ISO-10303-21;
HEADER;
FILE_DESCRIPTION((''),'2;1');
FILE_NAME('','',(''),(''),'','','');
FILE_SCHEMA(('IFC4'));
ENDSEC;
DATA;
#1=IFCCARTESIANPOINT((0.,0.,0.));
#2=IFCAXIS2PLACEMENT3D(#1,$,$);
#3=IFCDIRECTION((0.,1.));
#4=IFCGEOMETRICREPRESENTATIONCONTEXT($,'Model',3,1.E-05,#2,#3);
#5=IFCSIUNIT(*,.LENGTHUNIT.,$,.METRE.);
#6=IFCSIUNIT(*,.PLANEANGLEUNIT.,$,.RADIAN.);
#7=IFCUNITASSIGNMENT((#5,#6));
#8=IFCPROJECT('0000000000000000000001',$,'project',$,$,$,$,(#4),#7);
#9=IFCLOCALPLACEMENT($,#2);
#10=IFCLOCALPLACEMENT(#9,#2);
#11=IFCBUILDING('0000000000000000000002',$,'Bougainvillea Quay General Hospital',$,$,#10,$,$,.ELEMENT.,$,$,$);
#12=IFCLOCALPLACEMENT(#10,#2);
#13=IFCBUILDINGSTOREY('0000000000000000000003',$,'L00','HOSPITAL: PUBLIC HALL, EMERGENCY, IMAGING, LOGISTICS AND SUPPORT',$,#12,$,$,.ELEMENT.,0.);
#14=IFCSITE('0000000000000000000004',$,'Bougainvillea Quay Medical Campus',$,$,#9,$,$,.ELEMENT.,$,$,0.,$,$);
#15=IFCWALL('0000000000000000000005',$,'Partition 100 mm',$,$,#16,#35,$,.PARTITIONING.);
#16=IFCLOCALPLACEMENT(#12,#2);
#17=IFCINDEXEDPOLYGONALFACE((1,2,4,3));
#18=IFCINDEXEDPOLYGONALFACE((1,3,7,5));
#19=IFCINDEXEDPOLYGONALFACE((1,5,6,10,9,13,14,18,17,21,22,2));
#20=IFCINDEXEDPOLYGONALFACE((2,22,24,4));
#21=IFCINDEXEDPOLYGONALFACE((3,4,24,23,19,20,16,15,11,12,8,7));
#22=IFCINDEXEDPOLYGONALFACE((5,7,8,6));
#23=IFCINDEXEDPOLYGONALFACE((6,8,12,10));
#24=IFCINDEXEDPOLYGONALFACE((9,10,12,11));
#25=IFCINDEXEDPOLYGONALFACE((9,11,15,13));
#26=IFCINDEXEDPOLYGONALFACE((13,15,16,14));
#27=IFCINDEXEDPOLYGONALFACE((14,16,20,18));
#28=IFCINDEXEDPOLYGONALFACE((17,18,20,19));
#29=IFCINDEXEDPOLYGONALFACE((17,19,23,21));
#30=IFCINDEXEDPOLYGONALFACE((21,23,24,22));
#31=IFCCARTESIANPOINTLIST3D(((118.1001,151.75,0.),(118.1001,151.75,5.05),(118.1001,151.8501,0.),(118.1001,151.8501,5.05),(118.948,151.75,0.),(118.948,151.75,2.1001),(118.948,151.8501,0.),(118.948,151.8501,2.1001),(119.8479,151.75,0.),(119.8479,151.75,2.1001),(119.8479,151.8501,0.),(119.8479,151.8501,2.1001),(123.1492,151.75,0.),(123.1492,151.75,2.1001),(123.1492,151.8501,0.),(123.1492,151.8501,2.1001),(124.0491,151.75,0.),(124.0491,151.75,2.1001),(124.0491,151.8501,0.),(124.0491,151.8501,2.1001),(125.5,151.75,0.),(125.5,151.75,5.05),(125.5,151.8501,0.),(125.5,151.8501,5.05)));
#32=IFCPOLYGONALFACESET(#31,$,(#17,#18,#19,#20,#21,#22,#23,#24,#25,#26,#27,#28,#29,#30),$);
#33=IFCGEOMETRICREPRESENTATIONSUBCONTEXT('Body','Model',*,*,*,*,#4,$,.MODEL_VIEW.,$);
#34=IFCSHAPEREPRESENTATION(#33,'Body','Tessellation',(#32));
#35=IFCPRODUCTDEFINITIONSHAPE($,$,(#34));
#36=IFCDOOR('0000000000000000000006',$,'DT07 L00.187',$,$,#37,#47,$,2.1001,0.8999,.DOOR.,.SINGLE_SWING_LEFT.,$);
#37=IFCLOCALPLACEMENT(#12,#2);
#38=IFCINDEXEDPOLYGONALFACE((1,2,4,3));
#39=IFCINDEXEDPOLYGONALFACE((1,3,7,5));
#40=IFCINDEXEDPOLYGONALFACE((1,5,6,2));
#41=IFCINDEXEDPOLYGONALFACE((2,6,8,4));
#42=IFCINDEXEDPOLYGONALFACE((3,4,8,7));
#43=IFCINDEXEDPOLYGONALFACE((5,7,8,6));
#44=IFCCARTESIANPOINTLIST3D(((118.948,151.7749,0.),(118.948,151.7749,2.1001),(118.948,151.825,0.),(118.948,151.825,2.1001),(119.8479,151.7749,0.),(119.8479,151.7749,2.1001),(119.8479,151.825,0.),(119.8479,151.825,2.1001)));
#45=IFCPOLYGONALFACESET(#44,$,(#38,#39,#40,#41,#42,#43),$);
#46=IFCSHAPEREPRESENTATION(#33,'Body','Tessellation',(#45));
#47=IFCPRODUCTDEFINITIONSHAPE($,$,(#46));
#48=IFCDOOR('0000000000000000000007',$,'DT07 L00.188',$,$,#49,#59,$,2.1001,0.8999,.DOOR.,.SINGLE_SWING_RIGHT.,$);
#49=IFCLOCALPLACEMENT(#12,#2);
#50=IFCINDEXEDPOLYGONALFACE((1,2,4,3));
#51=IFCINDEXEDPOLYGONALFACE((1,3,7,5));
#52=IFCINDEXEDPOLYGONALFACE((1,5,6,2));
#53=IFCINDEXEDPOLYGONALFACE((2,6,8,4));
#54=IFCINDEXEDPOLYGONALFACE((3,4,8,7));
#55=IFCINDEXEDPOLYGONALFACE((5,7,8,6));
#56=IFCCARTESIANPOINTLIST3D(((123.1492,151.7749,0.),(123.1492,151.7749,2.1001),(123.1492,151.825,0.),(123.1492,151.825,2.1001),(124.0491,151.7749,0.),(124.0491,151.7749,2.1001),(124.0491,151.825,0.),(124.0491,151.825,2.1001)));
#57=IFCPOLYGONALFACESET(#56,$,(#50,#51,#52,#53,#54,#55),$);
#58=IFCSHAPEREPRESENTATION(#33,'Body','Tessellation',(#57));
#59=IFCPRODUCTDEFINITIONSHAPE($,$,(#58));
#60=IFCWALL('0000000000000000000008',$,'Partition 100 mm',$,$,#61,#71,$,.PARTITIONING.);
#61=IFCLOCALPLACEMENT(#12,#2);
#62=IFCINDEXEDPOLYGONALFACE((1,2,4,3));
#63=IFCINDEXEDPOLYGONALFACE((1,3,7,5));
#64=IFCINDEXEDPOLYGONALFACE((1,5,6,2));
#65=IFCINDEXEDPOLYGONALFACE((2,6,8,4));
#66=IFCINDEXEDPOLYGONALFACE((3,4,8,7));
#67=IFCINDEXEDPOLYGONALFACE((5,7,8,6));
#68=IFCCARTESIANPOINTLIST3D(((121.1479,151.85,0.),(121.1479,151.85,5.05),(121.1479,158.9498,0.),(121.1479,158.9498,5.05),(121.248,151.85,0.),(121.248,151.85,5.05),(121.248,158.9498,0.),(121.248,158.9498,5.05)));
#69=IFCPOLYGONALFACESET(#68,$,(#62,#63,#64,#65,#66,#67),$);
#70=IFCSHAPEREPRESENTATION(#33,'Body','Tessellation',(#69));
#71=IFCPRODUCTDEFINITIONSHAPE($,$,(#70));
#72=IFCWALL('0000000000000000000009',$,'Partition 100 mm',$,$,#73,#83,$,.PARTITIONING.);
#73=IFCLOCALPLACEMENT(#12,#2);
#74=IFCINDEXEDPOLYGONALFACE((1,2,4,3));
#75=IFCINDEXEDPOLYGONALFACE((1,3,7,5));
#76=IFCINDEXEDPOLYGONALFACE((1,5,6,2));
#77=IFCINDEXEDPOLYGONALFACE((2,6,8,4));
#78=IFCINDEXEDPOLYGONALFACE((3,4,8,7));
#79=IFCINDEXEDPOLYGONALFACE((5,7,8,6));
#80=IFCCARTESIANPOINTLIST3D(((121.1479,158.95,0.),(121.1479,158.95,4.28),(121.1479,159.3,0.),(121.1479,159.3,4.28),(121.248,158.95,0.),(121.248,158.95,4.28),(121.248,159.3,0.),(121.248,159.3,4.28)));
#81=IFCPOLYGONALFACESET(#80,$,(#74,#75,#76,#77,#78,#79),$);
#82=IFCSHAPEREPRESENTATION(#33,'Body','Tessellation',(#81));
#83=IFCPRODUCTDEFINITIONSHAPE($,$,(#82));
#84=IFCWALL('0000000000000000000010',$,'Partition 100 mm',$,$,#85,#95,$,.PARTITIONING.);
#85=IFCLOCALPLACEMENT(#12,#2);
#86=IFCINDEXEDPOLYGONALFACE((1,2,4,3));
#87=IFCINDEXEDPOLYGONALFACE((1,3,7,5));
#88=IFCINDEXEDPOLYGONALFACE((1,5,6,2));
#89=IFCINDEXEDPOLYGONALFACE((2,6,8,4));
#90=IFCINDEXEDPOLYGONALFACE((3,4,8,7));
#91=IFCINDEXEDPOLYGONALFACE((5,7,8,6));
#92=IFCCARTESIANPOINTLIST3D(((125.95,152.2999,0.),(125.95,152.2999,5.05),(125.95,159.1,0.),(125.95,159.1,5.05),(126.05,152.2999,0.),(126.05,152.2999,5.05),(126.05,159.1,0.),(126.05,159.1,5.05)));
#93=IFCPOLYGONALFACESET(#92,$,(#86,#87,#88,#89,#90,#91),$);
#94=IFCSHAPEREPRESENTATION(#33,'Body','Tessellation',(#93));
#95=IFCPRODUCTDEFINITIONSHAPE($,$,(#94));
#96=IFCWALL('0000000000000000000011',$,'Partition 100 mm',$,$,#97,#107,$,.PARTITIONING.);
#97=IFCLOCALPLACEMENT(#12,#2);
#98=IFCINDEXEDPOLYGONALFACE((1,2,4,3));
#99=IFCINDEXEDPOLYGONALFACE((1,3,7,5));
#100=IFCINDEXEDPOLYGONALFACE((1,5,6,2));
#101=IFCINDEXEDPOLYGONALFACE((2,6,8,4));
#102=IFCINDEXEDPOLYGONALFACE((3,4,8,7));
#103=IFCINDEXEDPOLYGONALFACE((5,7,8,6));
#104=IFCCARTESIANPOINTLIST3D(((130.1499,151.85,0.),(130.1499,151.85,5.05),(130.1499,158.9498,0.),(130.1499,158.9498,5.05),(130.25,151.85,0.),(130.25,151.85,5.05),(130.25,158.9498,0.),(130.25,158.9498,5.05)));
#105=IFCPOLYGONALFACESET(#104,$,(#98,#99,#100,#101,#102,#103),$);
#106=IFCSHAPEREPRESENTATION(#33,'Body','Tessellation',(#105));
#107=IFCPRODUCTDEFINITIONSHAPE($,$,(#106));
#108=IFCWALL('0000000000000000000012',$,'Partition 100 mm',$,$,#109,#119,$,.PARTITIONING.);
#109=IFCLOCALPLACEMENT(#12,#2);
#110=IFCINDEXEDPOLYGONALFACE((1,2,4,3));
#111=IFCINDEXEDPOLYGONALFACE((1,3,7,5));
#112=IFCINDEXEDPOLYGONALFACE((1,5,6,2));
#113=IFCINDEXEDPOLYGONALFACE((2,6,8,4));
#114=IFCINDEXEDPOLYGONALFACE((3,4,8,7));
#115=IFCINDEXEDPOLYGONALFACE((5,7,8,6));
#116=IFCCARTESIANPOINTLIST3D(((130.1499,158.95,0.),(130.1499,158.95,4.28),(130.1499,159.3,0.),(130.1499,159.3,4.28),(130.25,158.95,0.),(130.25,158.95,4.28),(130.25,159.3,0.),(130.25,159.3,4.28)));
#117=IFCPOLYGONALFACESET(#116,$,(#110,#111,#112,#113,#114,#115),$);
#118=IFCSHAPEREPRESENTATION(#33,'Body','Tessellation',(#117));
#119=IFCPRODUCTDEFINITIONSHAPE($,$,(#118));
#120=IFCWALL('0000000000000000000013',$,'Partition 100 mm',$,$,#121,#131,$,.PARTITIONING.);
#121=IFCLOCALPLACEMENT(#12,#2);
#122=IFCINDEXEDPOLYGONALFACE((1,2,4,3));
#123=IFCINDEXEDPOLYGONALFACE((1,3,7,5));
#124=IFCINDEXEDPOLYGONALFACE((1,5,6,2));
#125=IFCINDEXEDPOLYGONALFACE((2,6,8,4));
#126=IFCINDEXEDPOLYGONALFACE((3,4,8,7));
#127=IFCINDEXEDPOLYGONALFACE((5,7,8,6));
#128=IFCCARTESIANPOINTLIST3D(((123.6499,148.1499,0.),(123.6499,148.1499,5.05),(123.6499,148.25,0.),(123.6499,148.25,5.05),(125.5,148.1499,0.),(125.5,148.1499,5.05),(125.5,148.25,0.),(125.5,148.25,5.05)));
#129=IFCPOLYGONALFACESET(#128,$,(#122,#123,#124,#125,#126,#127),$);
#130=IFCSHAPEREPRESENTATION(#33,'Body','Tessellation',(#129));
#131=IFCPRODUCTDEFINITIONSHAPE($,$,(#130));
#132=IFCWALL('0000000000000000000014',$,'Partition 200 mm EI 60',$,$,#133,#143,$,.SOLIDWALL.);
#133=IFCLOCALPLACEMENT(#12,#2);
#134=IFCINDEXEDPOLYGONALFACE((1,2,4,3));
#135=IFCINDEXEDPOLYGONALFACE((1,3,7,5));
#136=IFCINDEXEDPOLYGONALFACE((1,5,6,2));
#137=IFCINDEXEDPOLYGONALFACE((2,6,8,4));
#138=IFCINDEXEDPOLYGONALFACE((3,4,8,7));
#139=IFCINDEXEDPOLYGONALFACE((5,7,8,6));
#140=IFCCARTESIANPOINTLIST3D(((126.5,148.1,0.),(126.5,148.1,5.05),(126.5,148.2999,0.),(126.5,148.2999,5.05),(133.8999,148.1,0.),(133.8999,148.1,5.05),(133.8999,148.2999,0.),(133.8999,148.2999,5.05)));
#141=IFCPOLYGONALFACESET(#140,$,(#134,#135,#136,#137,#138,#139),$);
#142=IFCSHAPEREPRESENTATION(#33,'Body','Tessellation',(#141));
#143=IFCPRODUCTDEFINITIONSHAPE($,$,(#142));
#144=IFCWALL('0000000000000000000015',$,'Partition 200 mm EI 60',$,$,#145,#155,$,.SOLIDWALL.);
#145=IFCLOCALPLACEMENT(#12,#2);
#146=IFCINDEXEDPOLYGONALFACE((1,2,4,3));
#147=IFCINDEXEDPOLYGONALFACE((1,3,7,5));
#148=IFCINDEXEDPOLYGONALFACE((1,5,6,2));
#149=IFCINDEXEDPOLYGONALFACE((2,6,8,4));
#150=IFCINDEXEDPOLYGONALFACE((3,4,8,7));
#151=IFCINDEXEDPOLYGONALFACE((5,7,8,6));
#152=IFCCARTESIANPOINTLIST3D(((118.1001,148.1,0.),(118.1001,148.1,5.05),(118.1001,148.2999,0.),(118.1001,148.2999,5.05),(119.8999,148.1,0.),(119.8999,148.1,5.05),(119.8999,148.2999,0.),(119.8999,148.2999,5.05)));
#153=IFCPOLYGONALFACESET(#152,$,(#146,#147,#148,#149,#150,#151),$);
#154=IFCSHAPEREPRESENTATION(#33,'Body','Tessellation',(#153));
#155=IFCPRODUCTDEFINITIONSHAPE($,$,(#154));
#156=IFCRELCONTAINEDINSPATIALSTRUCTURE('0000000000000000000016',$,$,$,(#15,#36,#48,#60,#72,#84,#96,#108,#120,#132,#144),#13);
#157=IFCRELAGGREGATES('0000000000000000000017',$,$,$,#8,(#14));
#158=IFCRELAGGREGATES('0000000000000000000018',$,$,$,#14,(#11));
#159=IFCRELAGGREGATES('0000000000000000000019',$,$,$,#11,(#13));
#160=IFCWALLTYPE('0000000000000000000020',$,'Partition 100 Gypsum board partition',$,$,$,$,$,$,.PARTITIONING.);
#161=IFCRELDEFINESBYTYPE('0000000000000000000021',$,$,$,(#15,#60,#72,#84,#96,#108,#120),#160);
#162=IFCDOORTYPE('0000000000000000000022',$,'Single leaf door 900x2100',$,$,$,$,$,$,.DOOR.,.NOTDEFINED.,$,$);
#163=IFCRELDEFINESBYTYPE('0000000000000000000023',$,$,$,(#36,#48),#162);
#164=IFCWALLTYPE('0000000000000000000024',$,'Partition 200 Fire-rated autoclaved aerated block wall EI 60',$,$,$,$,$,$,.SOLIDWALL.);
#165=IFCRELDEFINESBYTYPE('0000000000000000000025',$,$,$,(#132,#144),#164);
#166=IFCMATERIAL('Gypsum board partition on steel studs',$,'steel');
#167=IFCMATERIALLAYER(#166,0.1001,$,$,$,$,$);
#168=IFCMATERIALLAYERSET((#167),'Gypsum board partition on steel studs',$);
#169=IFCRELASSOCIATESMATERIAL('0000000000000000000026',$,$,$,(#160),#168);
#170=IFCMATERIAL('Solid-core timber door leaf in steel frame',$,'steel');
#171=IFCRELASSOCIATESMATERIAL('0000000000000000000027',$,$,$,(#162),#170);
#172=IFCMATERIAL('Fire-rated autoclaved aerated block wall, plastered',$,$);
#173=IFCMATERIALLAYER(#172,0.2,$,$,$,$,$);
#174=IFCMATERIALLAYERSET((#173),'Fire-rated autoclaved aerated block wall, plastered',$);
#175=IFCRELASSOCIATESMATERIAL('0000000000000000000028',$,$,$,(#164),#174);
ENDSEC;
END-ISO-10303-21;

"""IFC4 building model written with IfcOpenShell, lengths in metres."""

from ifc_helpers import new_model, si_unit, direction, frame, frame_2d, origin, place, context, subcontext, project, spatial, rectangle, extrude, material, layer, layer_set, type_object, element, fill, save


model = new_model("IFC4")

# Units and contexts
model_context = context("Model", 3, precision=1e-05, world=origin(), true_north=direction((0.0, 1.0)))
body_context = subcontext(model_context, "Body", "Model", "MODEL_VIEW")
ifc_project = project(units=[si_unit("LENGTHUNIT", "METRE"), si_unit("PLANEANGLEUNIT", "RADIAN")], contexts=[model_context])

# Site, building, storey
site_placement = place(None, origin())
site = spatial("IfcSite", under=ifc_project, at=site_placement, Name="Bougainvillea Quay Medical Campus", CompositionType="ELEMENT", RefElevation=0.0)
building_placement = place(site_placement, origin())
building = spatial("IfcBuilding", under=site, at=building_placement, Name="Bougainvillea Quay General Hospital", CompositionType="ELEMENT")
storey_placement = place(building_placement, origin())
storey = spatial("IfcBuildingStorey", under=building, at=storey_placement, Name="L00", Description="HOSPITAL: PUBLIC HALL, EMERGENCY, IMAGING, LOGISTICS AND SUPPORT", CompositionType="ELEMENT", Elevation=0.0)

# Wall, openings, doors
ifc_material_1 = material(Name="Gypsum board partition on steel studs", Category="steel")
ifc_layer_1 = layer(ifc_material_1, 0.1001)
ifc_layer_set_1 = layer_set([ifc_layer_1], Name="Gypsum board partition on steel studs")
wall_type_1 = type_object("IfcWallType", Name="Partition 100 Gypsum board partition", PredefinedType="PARTITIONING", material=ifc_layer_set_1)
ifc_material_2 = material(Name="Solid-core timber door leaf in steel frame", Category="steel")
door_type_1 = type_object("IfcDoorType", Name="Single leaf door 900x2100", OperationType="NOTDEFINED", PredefinedType="DOOR", material=ifc_material_2)
wall_1_placement = place(storey_placement, frame((125.5, 151.8, 0.0), z_axis=(0.0, 0.0, 1.0), x_axis=(-1.0, 0.0, 0.0)))
wall_1 = element("IfcWall", 1, at=wall_1_placement, inside=storey, type_object=wall_type_1, Name="Partition 100 mm", PredefinedType="PARTITIONING", context=body_context, shape_type="SweptSolid", body=[
    extrude(rectangle(XDim=7.3999, YDim=0.1001, at=frame_2d((3.7, 0.0))), origin(), (0.0, 0.0, 1.0), 5.05),
])
opening_1_placement = place(wall_1_placement, frame((5.6521, 0.0, 0.0)))
opening_1 = element("IfcOpeningElement", 2, at=opening_1_placement, cuts=wall_1, PredefinedType="OPENING", context=body_context, shape_type="SweptSolid", body=[
    extrude(rectangle(XDim=0.8999, YDim=2.1001, at=frame_2d((0.45, 1.05))), frame((0.0, 0.0601, 0.0), z_axis=(0.0, -1.0, 0.0), x_axis=(1.0, 0.0, 0.0)), (0.0, 0.0, 1.0), 0.1201),
])
opening_2_placement = place(wall_1_placement, frame((1.4509, 0.0, 0.0)))
opening_2 = element("IfcOpeningElement", 3, at=opening_2_placement, cuts=wall_1, PredefinedType="OPENING", context=body_context, shape_type="SweptSolid", body=[
    extrude(rectangle(XDim=0.8999, YDim=2.1001, at=frame_2d((0.45, 1.05))), frame((0.0, 0.0601, 0.0), z_axis=(0.0, -1.0, 0.0), x_axis=(1.0, 0.0, 0.0)), (0.0, 0.0, 1.0), 0.1201),
])
door_1_placement = place(opening_1_placement, frame((0.8999, 0.0, 0.0), z_axis=(0.0, 0.0, 1.0), x_axis=(-1.0, 0.0, 0.0)))
door_1 = element("IfcDoor", 4, at=door_1_placement, inside=storey, type_object=door_type_1, Name="DT07 L00.187", OperationType="SINGLE_SWING_LEFT", OverallHeight=2.1001, OverallWidth=0.8999, PredefinedType="DOOR", context=body_context, shape_type="SweptSolid", body=[
    extrude(rectangle(XDim=0.8999, YDim=2.1001, at=frame_2d((0.45, 1.05))), frame((0.0, 0.0249, 0.0), z_axis=(0.0, -1.0, 0.0), x_axis=(1.0, 0.0, 0.0)), (0.0, 0.0, 1.0), 0.05),
])
fill(opening_1, door_1)
door_2_placement = place(opening_2_placement, frame((0.8999, 0.0, 0.0), z_axis=(0.0, 0.0, 1.0), x_axis=(-1.0, 0.0, 0.0)))
door_2 = element("IfcDoor", 5, at=door_2_placement, inside=storey, type_object=door_type_1, Name="DT07 L00.188", OperationType="SINGLE_SWING_RIGHT", OverallHeight=2.1001, OverallWidth=0.8999, PredefinedType="DOOR", context=body_context, shape_type="SweptSolid", body=[
    extrude(rectangle(XDim=0.8999, YDim=2.1001, at=frame_2d((0.45, 1.05))), frame((0.0, 0.0249, 0.0), z_axis=(0.0, -1.0, 0.0), x_axis=(1.0, 0.0, 0.0)), (0.0, 0.0, 1.0), 0.05),
])
fill(opening_2, door_2)

# Walls
wall_2_placement = place(storey_placement, frame((121.198, 151.8501, 0.0), z_axis=(0.0, 0.0, 1.0), x_axis=(0.0, 1.0, 0.0)))
element("IfcWall", 6, at=wall_2_placement, inside=storey, type_object=wall_type_1, Name="Partition 100 mm", PredefinedType="PARTITIONING", context=body_context, shape_type="SweptSolid", body=[
    extrude(rectangle(XDim=7.0999, YDim=0.1001, at=frame_2d((3.5498, 0.0))), origin(), (0.0, 0.0, 1.0), 5.05),
])
wall_3_placement = place(storey_placement, frame((121.198, 158.95, 0.0), z_axis=(0.0, 0.0, 1.0), x_axis=(0.0, 1.0, 0.0)))
element("IfcWall", 7, at=wall_3_placement, inside=storey, type_object=wall_type_1, Name="Partition 100 mm", PredefinedType="PARTITIONING", context=body_context, shape_type="SweptSolid", body=[
    extrude(rectangle(XDim=0.3501, YDim=0.1001, at=frame_2d((0.175, 0.0))), origin(), (0.0, 0.0, 1.0), 4.28),
])
wall_4_placement = place(storey_placement, frame((126.0, 152.3, 0.0), z_axis=(0.0, 0.0, 1.0), x_axis=(0.0, 1.0, 0.0)))
element("IfcWall", 8, at=wall_4_placement, inside=storey, type_object=wall_type_1, Name="Partition 100 mm", PredefinedType="PARTITIONING", context=body_context, shape_type="SweptSolid", body=[
    extrude(rectangle(XDim=6.8, YDim=0.1001, at=frame_2d((3.3999, 0.0))), origin(), (0.0, 0.0, 1.0), 5.05),
])
wall_5_placement = place(storey_placement, frame((130.2, 151.8501, 0.0), z_axis=(0.0, 0.0, 1.0), x_axis=(0.0, 1.0, 0.0)))
element("IfcWall", 9, at=wall_5_placement, inside=storey, type_object=wall_type_1, Name="Partition 100 mm", PredefinedType="PARTITIONING", context=body_context, shape_type="SweptSolid", body=[
    extrude(rectangle(XDim=7.0999, YDim=0.1001, at=frame_2d((3.5498, 0.0))), origin(), (0.0, 0.0, 1.0), 5.05),
])
wall_6_placement = place(storey_placement, frame((130.2, 158.95, 0.0), z_axis=(0.0, 0.0, 1.0), x_axis=(0.0, 1.0, 0.0)))
element("IfcWall", 10, at=wall_6_placement, inside=storey, type_object=wall_type_1, Name="Partition 100 mm", PredefinedType="PARTITIONING", context=body_context, shape_type="SweptSolid", body=[
    extrude(rectangle(XDim=0.3501, YDim=0.1001, at=frame_2d((0.175, 0.0))), origin(), (0.0, 0.0, 1.0), 4.28),
])
wall_7_placement = place(storey_placement, frame((123.6499, 148.2, 0.0), z_axis=(0.0, 0.0, 1.0), x_axis=(1.0, 0.0, 0.0)))
element("IfcWall", 11, at=wall_7_placement, inside=storey, type_object=wall_type_1, Name="Partition 100 mm", PredefinedType="PARTITIONING", context=body_context, shape_type="SweptSolid", body=[
    extrude(rectangle(XDim=1.8501, YDim=0.1001, at=frame_2d((0.925, 0.0))), origin(), (0.0, 0.0, 1.0), 5.05),
])
ifc_material_3 = material(Name="Fire-rated autoclaved aerated block wall, plastered")
ifc_layer_2 = layer(ifc_material_3, 0.2)
ifc_layer_set_2 = layer_set([ifc_layer_2], Name="Fire-rated autoclaved aerated block wall, plastered")
wall_type_2 = type_object("IfcWallType", Name="Partition 200 Fire-rated autoclaved aerated block wall EI 60", PredefinedType="SOLIDWALL", material=ifc_layer_set_2)
wall_8_placement = place(storey_placement, frame((133.8999, 148.2, 0.0), z_axis=(0.0, 0.0, 1.0), x_axis=(-1.0, 0.0, 0.0)))
element("IfcWall", 12, at=wall_8_placement, inside=storey, type_object=wall_type_2, Name="Partition 200 mm EI 60", PredefinedType="SOLIDWALL", context=body_context, shape_type="SweptSolid", body=[
    extrude(rectangle(XDim=7.3999, YDim=0.2, at=frame_2d((3.7, 0.0))), origin(), (0.0, 0.0, 1.0), 5.05),
])
wall_9_placement = place(storey_placement, frame((118.1001, 148.2, 0.0), z_axis=(0.0, 0.0, 1.0), x_axis=(1.0, 0.0, 0.0)))
element("IfcWall", 13, at=wall_9_placement, inside=storey, type_object=wall_type_2, Name="Partition 200 mm EI 60", PredefinedType="SOLIDWALL", context=body_context, shape_type="SweptSolid", body=[
    extrude(rectangle(XDim=1.7998, YDim=0.2, at=frame_2d((0.8999, 0.0))), origin(), (0.0, 0.0, 1.0), 5.05),
])

save(model, "model.ifc")
